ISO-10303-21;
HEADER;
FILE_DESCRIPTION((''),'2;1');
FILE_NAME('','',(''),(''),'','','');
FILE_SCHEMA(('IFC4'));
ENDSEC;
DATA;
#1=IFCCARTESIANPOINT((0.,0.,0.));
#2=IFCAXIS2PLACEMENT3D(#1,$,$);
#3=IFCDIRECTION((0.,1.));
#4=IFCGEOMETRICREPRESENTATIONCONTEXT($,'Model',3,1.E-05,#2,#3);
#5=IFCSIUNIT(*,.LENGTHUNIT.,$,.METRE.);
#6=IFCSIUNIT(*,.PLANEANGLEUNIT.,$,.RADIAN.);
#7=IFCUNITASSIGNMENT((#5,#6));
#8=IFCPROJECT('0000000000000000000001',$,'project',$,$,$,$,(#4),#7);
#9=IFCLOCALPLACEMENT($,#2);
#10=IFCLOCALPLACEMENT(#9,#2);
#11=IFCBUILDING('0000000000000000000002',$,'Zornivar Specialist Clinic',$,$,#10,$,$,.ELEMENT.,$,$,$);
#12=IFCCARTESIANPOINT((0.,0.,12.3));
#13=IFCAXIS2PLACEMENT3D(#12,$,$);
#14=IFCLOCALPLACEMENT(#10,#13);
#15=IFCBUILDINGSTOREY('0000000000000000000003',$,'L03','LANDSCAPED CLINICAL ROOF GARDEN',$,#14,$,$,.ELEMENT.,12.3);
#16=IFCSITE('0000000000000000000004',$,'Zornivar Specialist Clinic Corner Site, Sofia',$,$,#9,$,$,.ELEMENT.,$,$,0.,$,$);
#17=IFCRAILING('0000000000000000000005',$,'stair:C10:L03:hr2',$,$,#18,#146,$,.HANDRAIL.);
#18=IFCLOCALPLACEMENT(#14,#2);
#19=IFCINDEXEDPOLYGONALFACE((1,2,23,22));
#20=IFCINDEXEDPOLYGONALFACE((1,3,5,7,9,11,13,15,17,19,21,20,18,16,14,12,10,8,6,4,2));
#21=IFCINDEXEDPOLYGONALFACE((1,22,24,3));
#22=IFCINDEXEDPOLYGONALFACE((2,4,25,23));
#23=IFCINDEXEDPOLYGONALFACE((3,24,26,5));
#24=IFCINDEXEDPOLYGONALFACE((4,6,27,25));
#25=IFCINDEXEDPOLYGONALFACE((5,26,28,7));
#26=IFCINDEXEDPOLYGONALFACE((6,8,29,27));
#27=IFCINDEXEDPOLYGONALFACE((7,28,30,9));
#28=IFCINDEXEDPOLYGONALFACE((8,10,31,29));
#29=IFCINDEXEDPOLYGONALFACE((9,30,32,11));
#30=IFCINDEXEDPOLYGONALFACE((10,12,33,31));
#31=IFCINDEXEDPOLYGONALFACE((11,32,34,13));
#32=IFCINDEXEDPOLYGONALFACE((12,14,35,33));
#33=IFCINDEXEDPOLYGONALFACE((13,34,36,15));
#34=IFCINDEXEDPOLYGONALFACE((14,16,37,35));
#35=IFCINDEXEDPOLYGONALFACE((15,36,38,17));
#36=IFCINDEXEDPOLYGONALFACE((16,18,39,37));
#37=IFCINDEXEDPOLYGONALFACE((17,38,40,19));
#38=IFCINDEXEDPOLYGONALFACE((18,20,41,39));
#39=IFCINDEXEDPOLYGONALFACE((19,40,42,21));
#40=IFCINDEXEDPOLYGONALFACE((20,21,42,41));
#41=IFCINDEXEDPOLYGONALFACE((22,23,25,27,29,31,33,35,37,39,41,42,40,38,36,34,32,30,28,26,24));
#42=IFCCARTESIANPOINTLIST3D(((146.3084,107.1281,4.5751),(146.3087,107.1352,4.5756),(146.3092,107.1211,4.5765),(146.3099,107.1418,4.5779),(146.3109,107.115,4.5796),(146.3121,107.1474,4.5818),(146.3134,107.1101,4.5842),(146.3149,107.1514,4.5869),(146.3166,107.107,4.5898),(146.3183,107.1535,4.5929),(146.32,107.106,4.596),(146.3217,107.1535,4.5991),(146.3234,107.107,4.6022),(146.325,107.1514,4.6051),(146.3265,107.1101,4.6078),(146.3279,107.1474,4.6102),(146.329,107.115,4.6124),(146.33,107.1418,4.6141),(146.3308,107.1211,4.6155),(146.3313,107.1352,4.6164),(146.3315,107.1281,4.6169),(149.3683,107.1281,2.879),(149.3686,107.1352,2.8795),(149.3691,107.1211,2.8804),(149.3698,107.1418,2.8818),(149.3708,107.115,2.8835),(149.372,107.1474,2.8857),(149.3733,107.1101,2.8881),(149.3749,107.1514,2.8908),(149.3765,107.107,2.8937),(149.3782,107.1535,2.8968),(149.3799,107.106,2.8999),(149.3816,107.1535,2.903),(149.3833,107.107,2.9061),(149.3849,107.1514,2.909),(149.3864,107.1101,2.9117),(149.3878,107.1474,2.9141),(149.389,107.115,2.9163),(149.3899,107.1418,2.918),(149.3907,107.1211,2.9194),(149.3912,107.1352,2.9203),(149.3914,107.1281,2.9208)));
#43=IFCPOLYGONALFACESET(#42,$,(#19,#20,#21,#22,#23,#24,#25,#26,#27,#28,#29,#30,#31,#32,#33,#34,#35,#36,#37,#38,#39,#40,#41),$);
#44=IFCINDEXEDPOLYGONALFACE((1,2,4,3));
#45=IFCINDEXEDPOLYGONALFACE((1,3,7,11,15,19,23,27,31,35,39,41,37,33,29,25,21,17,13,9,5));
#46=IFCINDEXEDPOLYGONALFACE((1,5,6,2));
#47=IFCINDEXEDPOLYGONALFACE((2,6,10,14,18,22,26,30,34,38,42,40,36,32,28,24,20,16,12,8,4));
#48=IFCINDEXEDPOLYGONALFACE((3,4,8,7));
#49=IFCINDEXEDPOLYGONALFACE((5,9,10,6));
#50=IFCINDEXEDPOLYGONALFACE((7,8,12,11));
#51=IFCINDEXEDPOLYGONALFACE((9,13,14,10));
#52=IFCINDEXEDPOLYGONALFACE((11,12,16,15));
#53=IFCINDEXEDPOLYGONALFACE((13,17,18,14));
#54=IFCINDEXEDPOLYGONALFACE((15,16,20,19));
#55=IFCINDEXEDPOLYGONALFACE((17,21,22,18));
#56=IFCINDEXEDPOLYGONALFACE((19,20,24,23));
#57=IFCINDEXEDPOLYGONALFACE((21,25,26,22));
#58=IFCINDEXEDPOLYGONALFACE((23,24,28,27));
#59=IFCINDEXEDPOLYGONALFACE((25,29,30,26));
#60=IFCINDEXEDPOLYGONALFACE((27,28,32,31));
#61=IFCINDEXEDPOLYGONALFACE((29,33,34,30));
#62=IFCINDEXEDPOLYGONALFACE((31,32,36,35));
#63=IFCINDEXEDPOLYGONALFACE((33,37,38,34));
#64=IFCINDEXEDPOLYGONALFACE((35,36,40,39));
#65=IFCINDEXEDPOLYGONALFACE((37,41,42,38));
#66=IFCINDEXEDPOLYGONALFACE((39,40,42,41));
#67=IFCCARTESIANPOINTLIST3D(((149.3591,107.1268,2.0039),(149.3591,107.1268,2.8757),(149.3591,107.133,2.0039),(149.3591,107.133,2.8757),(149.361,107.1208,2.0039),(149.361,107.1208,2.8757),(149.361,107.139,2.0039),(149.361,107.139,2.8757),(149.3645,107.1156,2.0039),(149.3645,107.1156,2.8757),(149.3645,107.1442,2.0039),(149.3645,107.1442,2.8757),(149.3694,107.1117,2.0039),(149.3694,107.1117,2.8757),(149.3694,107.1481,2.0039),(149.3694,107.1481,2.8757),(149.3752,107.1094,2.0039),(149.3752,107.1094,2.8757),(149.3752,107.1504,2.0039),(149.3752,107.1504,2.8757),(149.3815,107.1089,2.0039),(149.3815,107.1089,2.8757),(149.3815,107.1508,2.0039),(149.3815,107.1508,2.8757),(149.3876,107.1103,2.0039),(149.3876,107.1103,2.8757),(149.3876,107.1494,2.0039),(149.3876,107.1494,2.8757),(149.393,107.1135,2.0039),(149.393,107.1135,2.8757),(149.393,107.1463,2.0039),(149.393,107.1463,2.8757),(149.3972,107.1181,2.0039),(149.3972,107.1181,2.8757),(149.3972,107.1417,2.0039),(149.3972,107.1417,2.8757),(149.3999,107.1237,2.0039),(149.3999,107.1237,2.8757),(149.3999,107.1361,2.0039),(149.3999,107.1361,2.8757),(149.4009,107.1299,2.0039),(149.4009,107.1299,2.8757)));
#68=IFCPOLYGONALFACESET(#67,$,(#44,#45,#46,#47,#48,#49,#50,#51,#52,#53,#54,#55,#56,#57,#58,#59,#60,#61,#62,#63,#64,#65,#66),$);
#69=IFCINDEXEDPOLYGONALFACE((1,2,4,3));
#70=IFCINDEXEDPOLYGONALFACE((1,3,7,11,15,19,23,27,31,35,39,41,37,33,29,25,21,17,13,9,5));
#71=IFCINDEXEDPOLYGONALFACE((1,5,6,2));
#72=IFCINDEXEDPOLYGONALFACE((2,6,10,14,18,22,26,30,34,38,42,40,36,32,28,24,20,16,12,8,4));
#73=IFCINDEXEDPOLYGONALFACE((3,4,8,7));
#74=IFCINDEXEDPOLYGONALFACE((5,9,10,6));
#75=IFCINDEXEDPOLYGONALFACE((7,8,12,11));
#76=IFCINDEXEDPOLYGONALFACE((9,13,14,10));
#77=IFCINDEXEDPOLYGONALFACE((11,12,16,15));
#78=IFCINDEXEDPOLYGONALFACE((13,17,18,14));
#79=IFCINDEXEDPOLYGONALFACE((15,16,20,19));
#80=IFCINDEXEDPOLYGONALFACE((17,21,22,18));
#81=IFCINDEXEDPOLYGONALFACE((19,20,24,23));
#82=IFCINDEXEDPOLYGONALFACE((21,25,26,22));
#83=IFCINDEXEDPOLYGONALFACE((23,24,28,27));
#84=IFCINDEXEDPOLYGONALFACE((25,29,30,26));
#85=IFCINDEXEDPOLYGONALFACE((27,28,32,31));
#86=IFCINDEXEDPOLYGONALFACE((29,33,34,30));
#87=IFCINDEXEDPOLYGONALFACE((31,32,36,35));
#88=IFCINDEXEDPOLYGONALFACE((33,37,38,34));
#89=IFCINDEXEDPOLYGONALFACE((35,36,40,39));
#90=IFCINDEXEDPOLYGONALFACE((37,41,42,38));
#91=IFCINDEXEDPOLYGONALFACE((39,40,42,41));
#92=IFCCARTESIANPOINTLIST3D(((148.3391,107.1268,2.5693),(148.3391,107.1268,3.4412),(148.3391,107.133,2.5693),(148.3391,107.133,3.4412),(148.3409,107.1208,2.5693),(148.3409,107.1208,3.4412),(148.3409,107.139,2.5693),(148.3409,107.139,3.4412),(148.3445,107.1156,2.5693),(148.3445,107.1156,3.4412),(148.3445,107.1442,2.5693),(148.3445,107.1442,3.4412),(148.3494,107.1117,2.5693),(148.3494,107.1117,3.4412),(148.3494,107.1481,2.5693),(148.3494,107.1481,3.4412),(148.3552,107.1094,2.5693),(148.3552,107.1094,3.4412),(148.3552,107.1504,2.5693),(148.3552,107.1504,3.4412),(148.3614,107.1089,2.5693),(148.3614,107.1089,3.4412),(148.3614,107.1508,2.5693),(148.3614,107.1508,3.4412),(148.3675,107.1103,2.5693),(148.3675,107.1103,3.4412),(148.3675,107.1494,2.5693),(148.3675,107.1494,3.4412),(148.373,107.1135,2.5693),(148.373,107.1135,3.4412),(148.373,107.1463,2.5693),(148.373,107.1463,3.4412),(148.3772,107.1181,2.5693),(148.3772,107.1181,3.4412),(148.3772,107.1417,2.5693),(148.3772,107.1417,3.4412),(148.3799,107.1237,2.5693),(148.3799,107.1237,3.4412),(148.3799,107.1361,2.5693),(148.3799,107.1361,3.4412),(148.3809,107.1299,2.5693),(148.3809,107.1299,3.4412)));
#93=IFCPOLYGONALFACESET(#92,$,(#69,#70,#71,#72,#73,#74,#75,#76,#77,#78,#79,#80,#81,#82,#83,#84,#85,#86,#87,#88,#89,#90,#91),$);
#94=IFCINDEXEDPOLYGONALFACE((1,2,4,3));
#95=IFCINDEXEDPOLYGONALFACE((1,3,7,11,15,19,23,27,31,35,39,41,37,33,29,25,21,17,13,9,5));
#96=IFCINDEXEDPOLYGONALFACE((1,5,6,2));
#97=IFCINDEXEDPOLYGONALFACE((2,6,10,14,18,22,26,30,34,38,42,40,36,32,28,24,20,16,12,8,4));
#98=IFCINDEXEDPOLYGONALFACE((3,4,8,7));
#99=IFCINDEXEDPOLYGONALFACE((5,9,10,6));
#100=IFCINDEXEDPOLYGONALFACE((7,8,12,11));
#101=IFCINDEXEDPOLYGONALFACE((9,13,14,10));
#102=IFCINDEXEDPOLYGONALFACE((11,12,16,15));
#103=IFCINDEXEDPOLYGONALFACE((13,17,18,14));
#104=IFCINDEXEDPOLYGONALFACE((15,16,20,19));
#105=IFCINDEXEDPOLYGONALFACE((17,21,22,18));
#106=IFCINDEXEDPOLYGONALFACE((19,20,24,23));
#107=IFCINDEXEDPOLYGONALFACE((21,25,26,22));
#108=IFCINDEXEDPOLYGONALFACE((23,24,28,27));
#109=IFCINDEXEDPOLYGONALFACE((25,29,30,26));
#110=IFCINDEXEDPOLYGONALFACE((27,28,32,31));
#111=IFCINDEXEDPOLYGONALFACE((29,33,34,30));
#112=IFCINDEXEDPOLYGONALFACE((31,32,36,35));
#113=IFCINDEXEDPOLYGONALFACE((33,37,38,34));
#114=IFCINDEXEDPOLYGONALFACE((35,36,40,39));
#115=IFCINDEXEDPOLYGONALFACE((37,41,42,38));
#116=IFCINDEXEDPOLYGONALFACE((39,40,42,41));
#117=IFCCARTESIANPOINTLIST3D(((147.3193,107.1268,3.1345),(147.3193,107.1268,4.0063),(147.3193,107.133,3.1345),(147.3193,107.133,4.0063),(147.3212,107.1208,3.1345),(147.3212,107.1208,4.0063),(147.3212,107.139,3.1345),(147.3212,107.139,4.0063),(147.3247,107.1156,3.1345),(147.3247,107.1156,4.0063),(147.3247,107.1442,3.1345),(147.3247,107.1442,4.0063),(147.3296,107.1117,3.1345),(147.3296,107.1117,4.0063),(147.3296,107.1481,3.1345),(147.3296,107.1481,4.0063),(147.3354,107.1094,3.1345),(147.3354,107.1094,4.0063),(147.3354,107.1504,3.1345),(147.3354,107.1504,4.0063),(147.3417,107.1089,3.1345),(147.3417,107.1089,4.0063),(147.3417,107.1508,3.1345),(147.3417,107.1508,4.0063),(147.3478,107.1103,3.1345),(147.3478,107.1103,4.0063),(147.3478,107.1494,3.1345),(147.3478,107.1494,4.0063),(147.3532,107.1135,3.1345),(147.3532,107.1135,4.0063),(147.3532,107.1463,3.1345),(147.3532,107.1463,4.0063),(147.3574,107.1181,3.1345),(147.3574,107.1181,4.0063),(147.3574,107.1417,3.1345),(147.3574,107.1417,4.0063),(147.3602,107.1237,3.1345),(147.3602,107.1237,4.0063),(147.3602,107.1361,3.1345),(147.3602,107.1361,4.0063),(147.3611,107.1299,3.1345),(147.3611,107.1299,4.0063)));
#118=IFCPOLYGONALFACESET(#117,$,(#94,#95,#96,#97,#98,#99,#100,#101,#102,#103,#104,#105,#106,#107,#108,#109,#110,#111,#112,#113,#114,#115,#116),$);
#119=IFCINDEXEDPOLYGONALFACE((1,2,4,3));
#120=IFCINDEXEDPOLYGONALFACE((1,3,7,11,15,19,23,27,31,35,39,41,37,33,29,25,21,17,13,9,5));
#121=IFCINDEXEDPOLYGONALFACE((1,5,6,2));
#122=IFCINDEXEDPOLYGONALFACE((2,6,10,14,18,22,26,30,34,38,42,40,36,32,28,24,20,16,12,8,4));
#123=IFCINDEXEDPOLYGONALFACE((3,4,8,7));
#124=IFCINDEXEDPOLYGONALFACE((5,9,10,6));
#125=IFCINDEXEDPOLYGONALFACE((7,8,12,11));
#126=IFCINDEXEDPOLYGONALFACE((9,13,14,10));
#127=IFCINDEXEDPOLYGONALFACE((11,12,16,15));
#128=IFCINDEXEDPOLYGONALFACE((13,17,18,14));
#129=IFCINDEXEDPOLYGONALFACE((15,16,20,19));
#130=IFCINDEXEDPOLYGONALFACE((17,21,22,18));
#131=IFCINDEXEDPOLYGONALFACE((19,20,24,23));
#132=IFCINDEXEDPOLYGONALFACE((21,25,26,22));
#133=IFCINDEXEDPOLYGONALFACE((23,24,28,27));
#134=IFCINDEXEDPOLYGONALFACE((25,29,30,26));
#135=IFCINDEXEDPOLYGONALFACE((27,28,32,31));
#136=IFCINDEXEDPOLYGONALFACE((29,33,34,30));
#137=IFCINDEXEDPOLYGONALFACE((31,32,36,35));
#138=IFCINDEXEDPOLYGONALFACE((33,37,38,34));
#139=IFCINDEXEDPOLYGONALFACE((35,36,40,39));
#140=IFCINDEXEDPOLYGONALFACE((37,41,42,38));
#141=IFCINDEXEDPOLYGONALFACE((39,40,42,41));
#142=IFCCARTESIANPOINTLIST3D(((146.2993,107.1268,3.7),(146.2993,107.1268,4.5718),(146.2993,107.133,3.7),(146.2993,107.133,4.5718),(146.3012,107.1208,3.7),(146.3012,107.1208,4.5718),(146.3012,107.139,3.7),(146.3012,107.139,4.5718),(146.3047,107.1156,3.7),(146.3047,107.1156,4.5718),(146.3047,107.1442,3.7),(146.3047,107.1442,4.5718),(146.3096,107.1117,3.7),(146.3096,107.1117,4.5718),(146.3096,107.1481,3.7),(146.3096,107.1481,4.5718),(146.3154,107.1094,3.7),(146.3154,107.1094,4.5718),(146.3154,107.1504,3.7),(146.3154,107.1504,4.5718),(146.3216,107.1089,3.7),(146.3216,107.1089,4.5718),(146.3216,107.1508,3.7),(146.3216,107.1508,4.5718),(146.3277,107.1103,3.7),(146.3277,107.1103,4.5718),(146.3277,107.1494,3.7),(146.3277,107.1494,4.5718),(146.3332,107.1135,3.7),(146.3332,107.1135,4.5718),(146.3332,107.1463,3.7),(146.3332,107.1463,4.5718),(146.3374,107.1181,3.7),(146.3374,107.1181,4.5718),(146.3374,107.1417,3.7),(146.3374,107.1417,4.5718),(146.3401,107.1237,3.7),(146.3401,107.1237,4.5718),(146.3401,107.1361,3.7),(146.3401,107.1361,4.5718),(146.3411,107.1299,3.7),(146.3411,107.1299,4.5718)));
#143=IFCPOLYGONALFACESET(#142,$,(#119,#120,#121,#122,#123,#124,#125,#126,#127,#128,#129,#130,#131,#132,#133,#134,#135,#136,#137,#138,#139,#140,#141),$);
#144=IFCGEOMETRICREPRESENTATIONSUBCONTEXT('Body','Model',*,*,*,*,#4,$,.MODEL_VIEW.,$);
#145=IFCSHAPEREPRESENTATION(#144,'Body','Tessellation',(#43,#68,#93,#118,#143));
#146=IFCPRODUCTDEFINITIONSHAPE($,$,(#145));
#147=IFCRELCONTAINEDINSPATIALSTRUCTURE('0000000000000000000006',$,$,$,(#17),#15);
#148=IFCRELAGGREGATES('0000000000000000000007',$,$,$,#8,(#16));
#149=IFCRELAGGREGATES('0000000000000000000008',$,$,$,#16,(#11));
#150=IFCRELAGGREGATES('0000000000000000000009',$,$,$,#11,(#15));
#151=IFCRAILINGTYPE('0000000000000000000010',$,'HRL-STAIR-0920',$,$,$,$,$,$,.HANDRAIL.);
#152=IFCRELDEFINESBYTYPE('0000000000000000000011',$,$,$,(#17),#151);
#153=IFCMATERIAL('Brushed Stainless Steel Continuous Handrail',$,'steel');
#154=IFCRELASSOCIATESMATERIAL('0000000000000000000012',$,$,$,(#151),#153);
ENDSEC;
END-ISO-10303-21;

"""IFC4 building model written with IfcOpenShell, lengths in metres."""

from ifc_helpers import new_model, si_unit, direction, frame, origin, origin_2d, place, context, subcontext, project, spatial, circle, extrude, material, type_object, element, save


model = new_model("IFC4")

# Units and contexts
model_context = context("Model", 3, precision=1e-05, world=origin(), true_north=direction((0.0, 1.0)))
body_context = subcontext(model_context, "Body", "Model", "MODEL_VIEW")
ifc_project = project(units=[si_unit("LENGTHUNIT", "METRE"), si_unit("PLANEANGLEUNIT", "RADIAN")], contexts=[model_context])

# Site, building, storey
site_placement = place(None, origin())
site = spatial("IfcSite", under=ifc_project, at=site_placement, Name="Zornivar Specialist Clinic Corner Site, Sofia", CompositionType="ELEMENT", RefElevation=0.0)
building_placement = place(site_placement, origin())
building = spatial("IfcBuilding", under=site, at=building_placement, Name="Zornivar Specialist Clinic", CompositionType="ELEMENT")
storey_placement = place(building_placement, frame((0.0, 0.0, 12.3)))
storey = spatial("IfcBuildingStorey", under=building, at=storey_placement, Name="L03", Description="LANDSCAPED CLINICAL ROOF GARDEN", CompositionType="ELEMENT", Elevation=12.3)

# Railing
ifc_material_1 = material(Name="Brushed Stainless Steel Continuous Handrail", Category="steel")
railing_type_1 = type_object("IfcRailingType", Name="HRL-STAIR-0920", PredefinedType="HANDRAIL", material=ifc_material_1)
railing_1_placement = place(storey_placement, frame((149.3799, 107.1299, 2.0039)))
element("IfcRailing", 1, at=railing_1_placement, inside=storey, type_object=railing_type_1, Name="stair:C10:L03:hr2", PredefinedType="HANDRAIL", context=body_context, shape_type="SweptSolid", body=[
    extrude(circle(Radius=0.0239, at=origin_2d()), frame((0.0, 0.0, 0.896), z_axis=(-0.874624, 0.0, 0.484801), x_axis=(0.0, -1.0, 0.0)), (0.0, 0.0, 1.0), 3.4985),
    extrude(circle(Radius=0.021, at=origin_2d()), origin(), (0.0, 0.0, 1.0), 0.8718),
    extrude(circle(Radius=0.021, at=origin_2d()), frame((-1.02, 0.0, 0.5654)), (0.0, 0.0, 1.0), 0.8718),
    extrude(circle(Radius=0.021, at=origin_2d()), frame((-2.0398, 0.0, 1.1306)), (0.0, 0.0, 1.0), 0.8718),
    extrude(circle(Radius=0.021, at=origin_2d()), frame((-3.0598, 0.0, 1.696)), (0.0, 0.0, 1.0), 0.8718),
])

save(model, "model.ifc")
